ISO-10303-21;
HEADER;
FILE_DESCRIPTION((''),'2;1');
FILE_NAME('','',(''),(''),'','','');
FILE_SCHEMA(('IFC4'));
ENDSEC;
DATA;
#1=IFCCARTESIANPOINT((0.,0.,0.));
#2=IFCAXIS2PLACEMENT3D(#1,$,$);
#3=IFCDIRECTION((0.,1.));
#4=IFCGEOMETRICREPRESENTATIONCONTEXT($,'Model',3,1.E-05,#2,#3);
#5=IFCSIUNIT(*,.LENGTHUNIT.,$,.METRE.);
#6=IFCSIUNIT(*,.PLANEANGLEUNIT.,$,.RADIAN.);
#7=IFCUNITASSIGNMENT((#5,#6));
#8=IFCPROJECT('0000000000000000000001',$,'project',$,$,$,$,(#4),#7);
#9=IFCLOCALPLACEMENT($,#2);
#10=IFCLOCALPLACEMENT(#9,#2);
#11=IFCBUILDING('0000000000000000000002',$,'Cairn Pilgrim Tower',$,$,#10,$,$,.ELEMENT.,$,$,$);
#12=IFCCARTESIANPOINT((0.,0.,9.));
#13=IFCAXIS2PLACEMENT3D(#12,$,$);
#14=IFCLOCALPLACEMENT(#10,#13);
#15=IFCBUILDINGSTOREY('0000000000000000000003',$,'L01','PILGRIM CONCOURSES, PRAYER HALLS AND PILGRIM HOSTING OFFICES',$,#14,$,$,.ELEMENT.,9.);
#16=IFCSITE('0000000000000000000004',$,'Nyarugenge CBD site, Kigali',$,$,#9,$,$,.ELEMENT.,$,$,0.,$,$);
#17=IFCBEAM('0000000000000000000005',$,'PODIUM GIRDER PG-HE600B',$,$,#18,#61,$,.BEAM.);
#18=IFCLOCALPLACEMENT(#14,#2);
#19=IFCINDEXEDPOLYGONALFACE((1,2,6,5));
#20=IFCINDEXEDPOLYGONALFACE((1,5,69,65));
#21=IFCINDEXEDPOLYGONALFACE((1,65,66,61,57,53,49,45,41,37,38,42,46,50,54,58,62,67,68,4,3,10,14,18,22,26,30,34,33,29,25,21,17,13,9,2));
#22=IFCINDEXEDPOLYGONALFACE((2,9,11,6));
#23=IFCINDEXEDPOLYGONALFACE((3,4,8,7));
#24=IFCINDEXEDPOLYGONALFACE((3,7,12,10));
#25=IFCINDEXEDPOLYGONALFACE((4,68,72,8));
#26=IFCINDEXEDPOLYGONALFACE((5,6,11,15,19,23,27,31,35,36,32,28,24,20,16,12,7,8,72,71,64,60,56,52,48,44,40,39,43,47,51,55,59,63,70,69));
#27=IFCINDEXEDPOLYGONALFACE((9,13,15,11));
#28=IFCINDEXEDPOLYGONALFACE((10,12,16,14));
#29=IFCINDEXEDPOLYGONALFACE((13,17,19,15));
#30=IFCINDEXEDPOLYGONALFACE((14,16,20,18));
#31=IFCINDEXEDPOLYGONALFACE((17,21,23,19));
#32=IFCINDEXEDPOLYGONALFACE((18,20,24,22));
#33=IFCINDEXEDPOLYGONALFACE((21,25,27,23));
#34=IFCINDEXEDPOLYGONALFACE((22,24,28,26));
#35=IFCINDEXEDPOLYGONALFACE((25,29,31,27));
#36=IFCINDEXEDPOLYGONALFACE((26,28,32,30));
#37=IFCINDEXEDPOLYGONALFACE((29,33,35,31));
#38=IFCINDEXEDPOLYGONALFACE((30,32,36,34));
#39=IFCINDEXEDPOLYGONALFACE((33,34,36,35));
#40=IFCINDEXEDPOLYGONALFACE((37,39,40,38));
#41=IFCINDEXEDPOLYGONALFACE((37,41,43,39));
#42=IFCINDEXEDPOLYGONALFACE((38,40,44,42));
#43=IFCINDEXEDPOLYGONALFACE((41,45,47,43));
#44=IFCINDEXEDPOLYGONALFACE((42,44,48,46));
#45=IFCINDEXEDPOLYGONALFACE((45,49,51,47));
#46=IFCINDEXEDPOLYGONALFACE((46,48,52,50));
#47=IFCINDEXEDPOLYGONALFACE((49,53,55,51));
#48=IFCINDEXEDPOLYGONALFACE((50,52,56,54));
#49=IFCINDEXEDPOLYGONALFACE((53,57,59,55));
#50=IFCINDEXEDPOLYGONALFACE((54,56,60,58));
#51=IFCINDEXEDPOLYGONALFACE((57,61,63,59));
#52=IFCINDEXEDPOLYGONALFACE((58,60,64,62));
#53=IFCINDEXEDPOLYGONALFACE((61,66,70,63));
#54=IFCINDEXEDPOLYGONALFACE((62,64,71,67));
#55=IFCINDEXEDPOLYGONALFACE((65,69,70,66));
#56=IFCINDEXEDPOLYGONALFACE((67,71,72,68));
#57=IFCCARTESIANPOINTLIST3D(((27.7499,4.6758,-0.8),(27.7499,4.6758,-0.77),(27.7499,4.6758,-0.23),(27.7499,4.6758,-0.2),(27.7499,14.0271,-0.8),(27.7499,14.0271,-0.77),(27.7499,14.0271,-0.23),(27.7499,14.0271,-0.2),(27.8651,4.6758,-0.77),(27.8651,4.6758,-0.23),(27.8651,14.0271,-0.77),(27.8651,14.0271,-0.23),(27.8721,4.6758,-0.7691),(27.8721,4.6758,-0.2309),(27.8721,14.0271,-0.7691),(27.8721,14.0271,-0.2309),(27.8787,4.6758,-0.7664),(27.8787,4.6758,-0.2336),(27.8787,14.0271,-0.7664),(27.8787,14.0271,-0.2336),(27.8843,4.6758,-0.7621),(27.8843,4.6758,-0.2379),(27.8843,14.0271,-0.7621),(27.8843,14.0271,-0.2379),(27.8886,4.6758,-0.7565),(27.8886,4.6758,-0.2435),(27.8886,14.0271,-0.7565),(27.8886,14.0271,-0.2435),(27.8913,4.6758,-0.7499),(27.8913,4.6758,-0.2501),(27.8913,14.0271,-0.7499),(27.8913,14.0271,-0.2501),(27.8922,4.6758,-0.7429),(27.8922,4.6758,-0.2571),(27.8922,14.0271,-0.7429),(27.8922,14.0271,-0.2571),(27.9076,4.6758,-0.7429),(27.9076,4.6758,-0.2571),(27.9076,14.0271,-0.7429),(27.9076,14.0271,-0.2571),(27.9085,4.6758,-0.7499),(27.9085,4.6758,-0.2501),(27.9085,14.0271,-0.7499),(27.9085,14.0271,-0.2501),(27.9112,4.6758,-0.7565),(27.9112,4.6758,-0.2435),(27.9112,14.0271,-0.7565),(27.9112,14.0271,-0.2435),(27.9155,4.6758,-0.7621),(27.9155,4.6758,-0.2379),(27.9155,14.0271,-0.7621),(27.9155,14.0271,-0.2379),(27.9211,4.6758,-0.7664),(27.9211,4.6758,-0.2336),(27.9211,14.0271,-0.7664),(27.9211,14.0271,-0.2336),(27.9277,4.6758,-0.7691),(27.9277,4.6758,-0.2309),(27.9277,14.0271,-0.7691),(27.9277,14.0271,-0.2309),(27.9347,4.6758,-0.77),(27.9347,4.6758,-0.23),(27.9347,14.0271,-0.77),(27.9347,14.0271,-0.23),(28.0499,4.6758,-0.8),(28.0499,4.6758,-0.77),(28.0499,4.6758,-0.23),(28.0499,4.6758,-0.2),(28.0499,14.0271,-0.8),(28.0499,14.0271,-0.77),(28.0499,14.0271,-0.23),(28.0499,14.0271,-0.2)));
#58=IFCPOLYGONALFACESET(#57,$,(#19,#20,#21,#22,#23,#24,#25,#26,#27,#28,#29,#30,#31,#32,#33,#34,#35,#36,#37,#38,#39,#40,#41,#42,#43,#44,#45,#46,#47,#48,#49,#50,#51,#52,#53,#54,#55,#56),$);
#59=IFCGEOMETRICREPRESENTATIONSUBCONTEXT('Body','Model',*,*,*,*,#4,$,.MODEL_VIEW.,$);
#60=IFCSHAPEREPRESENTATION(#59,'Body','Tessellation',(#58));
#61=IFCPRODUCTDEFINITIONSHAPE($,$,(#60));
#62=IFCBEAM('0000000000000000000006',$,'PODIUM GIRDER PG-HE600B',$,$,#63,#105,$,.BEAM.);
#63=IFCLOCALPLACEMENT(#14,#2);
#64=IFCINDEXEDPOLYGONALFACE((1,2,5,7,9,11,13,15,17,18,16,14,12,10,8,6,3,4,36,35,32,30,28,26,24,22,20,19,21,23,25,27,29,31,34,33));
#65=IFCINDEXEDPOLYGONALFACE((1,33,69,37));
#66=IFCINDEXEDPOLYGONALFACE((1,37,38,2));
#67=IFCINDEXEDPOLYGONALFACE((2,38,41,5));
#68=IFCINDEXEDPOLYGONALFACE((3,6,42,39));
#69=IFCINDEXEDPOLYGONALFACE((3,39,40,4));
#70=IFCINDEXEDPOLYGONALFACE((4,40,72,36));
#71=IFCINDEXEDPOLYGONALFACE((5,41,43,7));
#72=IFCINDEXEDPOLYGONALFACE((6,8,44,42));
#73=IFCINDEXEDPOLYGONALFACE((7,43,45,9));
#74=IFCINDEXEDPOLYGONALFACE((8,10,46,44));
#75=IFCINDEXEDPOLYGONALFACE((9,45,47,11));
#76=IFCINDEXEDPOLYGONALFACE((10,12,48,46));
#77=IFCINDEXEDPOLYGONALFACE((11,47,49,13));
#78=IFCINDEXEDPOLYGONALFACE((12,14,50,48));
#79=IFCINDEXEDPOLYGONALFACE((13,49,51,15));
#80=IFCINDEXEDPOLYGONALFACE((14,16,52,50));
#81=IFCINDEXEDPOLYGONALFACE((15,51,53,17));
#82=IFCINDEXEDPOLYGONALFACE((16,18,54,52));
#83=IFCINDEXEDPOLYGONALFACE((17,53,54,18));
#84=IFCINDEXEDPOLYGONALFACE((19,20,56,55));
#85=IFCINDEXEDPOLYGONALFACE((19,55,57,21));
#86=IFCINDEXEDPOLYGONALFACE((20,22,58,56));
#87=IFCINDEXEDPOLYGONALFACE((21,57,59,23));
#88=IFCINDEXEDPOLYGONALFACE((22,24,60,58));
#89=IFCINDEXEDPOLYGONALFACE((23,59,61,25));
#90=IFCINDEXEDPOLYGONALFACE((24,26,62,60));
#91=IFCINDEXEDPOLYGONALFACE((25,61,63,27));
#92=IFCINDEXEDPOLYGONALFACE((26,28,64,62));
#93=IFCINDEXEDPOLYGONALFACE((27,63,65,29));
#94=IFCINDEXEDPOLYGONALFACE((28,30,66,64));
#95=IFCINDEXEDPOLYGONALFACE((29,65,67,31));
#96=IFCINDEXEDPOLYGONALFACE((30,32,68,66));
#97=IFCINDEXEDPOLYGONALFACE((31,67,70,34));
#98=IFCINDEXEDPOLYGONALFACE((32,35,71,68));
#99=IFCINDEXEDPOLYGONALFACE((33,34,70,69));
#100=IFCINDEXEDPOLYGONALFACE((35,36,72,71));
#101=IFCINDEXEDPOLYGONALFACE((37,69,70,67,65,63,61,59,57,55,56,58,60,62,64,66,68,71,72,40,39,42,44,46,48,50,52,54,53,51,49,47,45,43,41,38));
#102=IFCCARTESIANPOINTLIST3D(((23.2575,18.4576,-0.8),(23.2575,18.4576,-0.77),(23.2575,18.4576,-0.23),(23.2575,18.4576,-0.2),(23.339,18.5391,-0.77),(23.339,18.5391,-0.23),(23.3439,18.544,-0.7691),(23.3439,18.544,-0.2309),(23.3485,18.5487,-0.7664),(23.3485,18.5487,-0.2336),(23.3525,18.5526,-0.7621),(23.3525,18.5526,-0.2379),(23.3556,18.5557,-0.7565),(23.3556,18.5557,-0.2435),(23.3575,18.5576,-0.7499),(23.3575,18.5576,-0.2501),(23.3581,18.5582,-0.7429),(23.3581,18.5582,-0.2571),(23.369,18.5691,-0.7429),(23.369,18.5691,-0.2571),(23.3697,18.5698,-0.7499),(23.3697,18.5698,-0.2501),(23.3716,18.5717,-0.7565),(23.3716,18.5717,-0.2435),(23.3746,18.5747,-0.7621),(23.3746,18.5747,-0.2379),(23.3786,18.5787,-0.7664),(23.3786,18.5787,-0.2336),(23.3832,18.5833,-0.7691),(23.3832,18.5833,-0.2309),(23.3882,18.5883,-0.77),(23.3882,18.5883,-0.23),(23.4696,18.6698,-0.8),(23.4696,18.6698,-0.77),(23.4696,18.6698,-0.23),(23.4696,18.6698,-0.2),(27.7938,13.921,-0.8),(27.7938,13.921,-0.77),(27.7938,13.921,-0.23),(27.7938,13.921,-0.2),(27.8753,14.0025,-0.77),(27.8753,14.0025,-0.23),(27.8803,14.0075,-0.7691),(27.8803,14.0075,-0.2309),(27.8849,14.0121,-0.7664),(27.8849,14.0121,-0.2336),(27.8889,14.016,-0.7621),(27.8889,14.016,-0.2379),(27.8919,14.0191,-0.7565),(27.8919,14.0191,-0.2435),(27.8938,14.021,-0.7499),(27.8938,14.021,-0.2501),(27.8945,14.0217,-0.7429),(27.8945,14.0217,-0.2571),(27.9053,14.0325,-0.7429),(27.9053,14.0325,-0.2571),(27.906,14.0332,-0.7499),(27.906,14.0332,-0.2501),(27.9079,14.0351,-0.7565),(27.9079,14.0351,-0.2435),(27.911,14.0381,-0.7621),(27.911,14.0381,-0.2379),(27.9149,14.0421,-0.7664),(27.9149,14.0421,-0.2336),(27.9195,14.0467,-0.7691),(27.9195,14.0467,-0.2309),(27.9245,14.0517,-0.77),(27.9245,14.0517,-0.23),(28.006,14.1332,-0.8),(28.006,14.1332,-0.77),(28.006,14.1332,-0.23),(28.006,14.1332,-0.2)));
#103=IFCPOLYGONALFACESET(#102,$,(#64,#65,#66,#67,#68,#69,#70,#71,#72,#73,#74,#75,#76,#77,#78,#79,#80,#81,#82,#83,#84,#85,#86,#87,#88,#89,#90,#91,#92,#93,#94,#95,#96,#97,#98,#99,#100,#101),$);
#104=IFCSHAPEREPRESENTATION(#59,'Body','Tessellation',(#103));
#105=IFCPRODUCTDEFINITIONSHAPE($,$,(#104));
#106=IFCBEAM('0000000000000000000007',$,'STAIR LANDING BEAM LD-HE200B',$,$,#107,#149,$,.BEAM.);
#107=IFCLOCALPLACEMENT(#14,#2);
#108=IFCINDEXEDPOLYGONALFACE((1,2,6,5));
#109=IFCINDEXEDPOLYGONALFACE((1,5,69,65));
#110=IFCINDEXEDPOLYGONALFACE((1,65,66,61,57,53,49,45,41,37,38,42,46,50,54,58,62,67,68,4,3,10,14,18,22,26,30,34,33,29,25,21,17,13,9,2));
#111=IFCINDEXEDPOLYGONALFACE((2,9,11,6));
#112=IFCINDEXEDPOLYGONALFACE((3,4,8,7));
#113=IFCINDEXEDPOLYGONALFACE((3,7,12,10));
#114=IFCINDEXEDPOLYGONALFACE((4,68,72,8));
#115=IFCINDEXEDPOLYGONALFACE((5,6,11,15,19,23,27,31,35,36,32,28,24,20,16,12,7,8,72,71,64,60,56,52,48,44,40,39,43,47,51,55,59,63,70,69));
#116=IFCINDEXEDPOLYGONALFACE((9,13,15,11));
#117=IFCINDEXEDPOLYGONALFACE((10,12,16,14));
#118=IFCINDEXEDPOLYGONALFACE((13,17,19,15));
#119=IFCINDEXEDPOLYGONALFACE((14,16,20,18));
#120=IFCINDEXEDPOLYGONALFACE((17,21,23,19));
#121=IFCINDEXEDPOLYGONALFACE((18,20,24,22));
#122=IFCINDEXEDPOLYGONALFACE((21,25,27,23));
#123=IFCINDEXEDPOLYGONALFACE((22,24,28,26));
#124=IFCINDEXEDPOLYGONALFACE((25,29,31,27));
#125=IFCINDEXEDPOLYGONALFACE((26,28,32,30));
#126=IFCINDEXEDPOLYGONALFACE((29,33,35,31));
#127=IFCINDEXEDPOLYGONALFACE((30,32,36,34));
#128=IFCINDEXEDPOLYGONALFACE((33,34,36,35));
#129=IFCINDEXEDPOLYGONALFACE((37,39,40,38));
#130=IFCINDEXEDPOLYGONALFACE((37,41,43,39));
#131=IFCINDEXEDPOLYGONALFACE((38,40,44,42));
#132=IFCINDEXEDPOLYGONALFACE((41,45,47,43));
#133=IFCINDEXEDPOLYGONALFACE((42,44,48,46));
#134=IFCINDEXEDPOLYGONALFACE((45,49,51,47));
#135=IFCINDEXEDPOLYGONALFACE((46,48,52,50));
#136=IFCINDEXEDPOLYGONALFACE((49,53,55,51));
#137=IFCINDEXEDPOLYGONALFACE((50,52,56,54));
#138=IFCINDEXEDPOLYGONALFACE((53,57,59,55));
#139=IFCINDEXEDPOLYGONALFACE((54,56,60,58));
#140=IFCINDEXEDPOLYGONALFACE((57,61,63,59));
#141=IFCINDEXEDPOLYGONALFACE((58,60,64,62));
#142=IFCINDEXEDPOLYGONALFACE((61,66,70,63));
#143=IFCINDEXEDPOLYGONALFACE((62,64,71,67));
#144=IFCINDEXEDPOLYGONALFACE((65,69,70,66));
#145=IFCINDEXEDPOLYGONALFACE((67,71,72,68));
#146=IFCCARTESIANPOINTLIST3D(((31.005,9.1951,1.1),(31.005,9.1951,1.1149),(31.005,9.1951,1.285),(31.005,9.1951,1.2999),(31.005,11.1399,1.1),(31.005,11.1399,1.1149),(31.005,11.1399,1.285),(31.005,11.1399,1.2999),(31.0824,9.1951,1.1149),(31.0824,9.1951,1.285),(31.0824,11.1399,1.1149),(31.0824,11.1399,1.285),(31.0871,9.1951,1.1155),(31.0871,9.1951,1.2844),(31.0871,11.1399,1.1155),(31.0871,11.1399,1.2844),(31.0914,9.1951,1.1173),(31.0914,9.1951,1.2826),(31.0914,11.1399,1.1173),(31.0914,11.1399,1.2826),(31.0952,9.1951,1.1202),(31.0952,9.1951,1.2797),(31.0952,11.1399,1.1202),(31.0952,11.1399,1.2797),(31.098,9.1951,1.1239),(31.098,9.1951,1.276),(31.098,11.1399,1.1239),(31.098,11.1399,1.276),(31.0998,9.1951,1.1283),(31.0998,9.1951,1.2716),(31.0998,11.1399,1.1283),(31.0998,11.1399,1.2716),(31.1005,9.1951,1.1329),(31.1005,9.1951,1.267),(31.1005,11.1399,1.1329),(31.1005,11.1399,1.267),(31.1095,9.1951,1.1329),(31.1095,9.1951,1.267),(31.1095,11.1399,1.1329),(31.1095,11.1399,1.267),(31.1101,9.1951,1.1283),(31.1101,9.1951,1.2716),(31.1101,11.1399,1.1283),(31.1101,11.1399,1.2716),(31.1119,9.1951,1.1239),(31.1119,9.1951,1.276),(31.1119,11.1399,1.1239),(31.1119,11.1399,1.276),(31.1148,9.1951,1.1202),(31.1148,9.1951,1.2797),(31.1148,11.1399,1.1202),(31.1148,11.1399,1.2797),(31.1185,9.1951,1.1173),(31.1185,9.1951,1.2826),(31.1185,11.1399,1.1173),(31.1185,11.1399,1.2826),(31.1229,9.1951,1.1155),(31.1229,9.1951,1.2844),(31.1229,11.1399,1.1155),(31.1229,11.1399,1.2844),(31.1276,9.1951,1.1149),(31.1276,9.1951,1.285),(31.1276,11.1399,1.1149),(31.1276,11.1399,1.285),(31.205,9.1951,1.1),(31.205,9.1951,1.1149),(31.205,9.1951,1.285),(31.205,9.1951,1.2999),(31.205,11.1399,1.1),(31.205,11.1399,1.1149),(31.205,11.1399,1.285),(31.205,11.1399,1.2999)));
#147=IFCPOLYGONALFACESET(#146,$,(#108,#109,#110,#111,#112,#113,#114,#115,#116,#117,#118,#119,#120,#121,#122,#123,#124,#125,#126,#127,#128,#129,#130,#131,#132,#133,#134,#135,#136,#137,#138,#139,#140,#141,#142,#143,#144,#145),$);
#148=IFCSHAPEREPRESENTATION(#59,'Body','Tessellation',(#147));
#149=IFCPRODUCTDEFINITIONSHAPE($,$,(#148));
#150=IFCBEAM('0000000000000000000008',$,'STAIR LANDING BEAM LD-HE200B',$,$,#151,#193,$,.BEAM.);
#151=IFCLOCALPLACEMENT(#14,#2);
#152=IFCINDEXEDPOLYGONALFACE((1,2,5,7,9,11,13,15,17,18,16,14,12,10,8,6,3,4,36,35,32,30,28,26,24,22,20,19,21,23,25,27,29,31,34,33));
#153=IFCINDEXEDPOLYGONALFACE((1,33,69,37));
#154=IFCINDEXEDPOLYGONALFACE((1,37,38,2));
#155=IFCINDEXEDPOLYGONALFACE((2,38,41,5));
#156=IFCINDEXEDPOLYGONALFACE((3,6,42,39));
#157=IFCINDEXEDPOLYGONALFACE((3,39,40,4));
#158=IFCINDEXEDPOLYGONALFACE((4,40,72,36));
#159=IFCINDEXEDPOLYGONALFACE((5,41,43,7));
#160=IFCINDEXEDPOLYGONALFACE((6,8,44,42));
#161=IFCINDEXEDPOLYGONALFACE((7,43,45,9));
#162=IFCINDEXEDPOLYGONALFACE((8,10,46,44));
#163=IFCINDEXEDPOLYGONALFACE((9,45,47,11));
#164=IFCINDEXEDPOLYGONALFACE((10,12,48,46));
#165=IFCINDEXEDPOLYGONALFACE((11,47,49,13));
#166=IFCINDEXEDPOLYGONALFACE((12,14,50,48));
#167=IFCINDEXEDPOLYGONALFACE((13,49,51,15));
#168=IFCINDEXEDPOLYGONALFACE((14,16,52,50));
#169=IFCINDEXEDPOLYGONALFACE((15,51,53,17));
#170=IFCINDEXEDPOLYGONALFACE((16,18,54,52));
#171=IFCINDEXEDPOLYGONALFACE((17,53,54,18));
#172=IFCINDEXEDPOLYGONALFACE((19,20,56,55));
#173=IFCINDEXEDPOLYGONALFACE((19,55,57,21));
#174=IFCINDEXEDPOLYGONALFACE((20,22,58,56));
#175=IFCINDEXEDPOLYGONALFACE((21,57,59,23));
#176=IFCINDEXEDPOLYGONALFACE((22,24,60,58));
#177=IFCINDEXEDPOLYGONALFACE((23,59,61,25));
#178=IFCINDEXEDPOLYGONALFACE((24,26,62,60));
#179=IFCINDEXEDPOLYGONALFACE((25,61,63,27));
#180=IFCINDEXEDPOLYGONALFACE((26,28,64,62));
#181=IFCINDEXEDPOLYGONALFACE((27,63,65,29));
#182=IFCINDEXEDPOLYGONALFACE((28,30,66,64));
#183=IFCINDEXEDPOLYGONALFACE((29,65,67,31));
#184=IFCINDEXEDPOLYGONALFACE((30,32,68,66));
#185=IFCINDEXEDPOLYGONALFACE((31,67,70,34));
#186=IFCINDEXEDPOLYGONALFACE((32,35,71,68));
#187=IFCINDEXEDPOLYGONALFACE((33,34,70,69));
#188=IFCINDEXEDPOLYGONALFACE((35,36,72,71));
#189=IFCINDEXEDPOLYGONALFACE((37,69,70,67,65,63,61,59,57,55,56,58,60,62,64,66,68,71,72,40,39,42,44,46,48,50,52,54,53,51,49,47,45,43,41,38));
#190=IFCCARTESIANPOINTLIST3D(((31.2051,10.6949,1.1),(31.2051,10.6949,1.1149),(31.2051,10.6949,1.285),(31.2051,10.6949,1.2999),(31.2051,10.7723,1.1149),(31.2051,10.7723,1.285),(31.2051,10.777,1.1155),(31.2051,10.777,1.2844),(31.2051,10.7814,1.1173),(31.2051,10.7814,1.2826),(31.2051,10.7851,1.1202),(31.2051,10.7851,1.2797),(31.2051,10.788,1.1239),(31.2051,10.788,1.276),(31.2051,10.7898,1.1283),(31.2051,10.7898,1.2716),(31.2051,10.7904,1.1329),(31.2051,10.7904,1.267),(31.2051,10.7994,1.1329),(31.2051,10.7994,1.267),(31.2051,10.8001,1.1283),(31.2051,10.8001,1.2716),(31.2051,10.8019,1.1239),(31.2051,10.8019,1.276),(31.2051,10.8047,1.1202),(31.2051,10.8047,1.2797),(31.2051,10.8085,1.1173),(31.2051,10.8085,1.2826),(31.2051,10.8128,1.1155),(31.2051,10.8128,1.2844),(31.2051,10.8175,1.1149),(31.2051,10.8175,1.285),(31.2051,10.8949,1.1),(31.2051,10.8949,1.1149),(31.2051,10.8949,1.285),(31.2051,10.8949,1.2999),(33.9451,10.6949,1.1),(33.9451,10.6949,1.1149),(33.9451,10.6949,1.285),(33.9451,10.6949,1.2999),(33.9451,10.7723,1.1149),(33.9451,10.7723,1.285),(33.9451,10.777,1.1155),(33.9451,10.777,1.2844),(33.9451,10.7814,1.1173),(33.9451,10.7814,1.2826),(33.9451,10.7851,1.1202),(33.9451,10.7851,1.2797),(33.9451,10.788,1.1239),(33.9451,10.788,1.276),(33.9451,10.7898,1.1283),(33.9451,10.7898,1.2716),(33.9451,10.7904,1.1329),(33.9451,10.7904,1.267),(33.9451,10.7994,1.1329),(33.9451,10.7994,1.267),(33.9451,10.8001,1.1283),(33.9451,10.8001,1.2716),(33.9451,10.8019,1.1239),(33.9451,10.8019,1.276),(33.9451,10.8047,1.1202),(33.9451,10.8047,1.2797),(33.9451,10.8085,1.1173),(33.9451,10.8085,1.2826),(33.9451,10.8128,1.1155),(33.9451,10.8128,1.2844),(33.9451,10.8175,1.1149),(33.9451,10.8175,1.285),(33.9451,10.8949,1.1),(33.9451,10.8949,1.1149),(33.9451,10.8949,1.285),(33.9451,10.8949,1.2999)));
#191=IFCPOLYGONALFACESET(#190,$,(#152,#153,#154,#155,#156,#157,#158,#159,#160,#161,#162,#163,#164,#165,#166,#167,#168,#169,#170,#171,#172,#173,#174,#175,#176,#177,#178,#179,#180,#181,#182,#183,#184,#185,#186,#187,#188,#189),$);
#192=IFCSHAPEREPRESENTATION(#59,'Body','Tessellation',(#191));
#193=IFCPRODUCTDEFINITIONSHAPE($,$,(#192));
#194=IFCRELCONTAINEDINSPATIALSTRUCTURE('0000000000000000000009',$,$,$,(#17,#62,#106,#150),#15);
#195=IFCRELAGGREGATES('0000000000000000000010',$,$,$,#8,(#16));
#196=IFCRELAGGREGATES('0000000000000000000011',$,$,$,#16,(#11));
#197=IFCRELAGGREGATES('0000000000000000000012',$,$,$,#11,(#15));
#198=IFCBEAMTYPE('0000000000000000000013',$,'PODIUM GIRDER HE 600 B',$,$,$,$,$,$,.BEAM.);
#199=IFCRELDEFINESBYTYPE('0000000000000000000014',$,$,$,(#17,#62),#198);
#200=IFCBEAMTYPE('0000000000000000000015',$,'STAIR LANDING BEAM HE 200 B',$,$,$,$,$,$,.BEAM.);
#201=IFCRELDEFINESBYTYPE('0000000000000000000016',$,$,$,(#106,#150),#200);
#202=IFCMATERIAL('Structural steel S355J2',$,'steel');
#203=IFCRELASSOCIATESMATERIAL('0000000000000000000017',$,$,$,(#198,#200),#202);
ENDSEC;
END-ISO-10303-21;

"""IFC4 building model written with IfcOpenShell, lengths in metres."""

from ifc_helpers import new_model, si_unit, direction, frame, origin, origin_2d, place, context, subcontext, project, spatial, i_section, extrude, material, material_profile, profile_set, type_object, element, save


model = new_model("IFC4")

# Units and contexts
model_context = context("Model", 3, precision=1e-05, world=origin(), true_north=direction((0.0, 1.0)))
body_context = subcontext(model_context, "Body", "Model", "MODEL_VIEW")
ifc_project = project(units=[si_unit("LENGTHUNIT", "METRE"), si_unit("PLANEANGLEUNIT", "RADIAN")], contexts=[model_context])

# Site, building, storey
site_placement = place(None, origin())
site = spatial("IfcSite", under=ifc_project, at=site_placement, Name="Nyarugenge CBD site, Kigali", CompositionType="ELEMENT", RefElevation=0.0)
building_placement = place(site_placement, origin())
building = spatial("IfcBuilding", under=site, at=building_placement, Name="Cairn Pilgrim Tower", CompositionType="ELEMENT")
storey_placement = place(building_placement, frame((0.0, 0.0, 9.0)))
storey = spatial("IfcBuildingStorey", under=building, at=storey_placement, Name="L01", Description="PILGRIM CONCOURSES, PRAYER HALLS AND PILGRIM HOSTING OFFICES", CompositionType="ELEMENT", Elevation=9.0)

# Shared definitions
ifc_material_1 = material(Name="Structural steel S355J2", Category="steel")

# Beams
ifc_material_profile_1 = material_profile(ifc_material_1, i_section(OverallWidth=0.3, OverallDepth=0.6001, WebThickness=0.0154, FlangeThickness=0.03, FilletRadius=0.0271, at=origin_2d()), Name="HEB 600")
ifc_profile_set_1 = profile_set([ifc_material_profile_1], Name="Structural steel S355J2")
beam_type_1 = type_object("IfcBeamType", Name="PODIUM GIRDER HE 600 B", PredefinedType="BEAM", material=ifc_profile_set_1)
beam_1_placement = place(storey_placement, frame((27.8999, 4.6758, -0.5), z_axis=(0.0, 1.0, 0.0), x_axis=(-1.0, 0.0, 0.0)))
element("IfcBeam", 1, at=beam_1_placement, inside=storey, type_object=beam_type_1, Name="PODIUM GIRDER PG-HE600B", PredefinedType="BEAM", context=body_context, shape_type="SweptSolid", body=[
    extrude(i_section(OverallWidth=0.3, OverallDepth=0.6001, WebThickness=0.0154, FlangeThickness=0.03, FilletRadius=0.0271, at=origin_2d()), origin(), (0.0, 0.0, 1.0), 9.3513),
])
beam_2_placement = place(storey_placement, frame((27.8999, 14.0271, -0.5), z_axis=(-0.707088, 0.707126, 0.0), x_axis=(-0.707126, -0.707088, 0.0)))
element("IfcBeam", 2, at=beam_2_placement, inside=storey, type_object=beam_type_1, Name="PODIUM GIRDER PG-HE600B", PredefinedType="BEAM", context=body_context, shape_type="SweptSolid", body=[
    extrude(i_section(OverallWidth=0.3, OverallDepth=0.6001, WebThickness=0.0154, FlangeThickness=0.03, FilletRadius=0.0271, at=origin_2d()), origin(), (0.0, 0.0, 1.0), 6.4155),
])
ifc_material_profile_2 = material_profile(ifc_material_1, i_section(OverallWidth=0.2, OverallDepth=0.2, WebThickness=0.009, FlangeThickness=0.0149, FilletRadius=0.0181, at=origin_2d()), Name="HE 200 B")
ifc_profile_set_2 = profile_set([ifc_material_profile_2], Name="Structural steel S355J2")
beam_type_2 = type_object("IfcBeamType", Name="STAIR LANDING BEAM HE 200 B", PredefinedType="BEAM", material=ifc_profile_set_2)
beam_3_placement = place(storey_placement, frame((31.105, 11.1399, 1.2), z_axis=(0.0, -1.0, 0.0), x_axis=(1.0, 0.0, 0.0)))
element("IfcBeam", 3, at=beam_3_placement, inside=storey, type_object=beam_type_2, Name="STAIR LANDING BEAM LD-HE200B", PredefinedType="BEAM", context=body_context, shape_type="SweptSolid", body=[
    extrude(i_section(OverallWidth=0.2, OverallDepth=0.2, WebThickness=0.009, FlangeThickness=0.0149, FilletRadius=0.0181, at=origin_2d()), origin(), (0.0, 0.0, 1.0), 1.9448),
])
beam_4_placement = place(storey_placement, frame((31.2051, 10.7949, 1.2), z_axis=(1.0, 0.0, 0.0), x_axis=(0.0, 1.0, 0.0)))
element("IfcBeam", 4, at=beam_4_placement, inside=storey, type_object=beam_type_2, Name="STAIR LANDING BEAM LD-HE200B", PredefinedType="BEAM", context=body_context, shape_type="SweptSolid", body=[
    extrude(i_section(OverallWidth=0.2, OverallDepth=0.2, WebThickness=0.009, FlangeThickness=0.0149, FilletRadius=0.0181, at=origin_2d()), origin(), (0.0, 0.0, 1.0), 2.74),
])

save(model, "model.ifc")
